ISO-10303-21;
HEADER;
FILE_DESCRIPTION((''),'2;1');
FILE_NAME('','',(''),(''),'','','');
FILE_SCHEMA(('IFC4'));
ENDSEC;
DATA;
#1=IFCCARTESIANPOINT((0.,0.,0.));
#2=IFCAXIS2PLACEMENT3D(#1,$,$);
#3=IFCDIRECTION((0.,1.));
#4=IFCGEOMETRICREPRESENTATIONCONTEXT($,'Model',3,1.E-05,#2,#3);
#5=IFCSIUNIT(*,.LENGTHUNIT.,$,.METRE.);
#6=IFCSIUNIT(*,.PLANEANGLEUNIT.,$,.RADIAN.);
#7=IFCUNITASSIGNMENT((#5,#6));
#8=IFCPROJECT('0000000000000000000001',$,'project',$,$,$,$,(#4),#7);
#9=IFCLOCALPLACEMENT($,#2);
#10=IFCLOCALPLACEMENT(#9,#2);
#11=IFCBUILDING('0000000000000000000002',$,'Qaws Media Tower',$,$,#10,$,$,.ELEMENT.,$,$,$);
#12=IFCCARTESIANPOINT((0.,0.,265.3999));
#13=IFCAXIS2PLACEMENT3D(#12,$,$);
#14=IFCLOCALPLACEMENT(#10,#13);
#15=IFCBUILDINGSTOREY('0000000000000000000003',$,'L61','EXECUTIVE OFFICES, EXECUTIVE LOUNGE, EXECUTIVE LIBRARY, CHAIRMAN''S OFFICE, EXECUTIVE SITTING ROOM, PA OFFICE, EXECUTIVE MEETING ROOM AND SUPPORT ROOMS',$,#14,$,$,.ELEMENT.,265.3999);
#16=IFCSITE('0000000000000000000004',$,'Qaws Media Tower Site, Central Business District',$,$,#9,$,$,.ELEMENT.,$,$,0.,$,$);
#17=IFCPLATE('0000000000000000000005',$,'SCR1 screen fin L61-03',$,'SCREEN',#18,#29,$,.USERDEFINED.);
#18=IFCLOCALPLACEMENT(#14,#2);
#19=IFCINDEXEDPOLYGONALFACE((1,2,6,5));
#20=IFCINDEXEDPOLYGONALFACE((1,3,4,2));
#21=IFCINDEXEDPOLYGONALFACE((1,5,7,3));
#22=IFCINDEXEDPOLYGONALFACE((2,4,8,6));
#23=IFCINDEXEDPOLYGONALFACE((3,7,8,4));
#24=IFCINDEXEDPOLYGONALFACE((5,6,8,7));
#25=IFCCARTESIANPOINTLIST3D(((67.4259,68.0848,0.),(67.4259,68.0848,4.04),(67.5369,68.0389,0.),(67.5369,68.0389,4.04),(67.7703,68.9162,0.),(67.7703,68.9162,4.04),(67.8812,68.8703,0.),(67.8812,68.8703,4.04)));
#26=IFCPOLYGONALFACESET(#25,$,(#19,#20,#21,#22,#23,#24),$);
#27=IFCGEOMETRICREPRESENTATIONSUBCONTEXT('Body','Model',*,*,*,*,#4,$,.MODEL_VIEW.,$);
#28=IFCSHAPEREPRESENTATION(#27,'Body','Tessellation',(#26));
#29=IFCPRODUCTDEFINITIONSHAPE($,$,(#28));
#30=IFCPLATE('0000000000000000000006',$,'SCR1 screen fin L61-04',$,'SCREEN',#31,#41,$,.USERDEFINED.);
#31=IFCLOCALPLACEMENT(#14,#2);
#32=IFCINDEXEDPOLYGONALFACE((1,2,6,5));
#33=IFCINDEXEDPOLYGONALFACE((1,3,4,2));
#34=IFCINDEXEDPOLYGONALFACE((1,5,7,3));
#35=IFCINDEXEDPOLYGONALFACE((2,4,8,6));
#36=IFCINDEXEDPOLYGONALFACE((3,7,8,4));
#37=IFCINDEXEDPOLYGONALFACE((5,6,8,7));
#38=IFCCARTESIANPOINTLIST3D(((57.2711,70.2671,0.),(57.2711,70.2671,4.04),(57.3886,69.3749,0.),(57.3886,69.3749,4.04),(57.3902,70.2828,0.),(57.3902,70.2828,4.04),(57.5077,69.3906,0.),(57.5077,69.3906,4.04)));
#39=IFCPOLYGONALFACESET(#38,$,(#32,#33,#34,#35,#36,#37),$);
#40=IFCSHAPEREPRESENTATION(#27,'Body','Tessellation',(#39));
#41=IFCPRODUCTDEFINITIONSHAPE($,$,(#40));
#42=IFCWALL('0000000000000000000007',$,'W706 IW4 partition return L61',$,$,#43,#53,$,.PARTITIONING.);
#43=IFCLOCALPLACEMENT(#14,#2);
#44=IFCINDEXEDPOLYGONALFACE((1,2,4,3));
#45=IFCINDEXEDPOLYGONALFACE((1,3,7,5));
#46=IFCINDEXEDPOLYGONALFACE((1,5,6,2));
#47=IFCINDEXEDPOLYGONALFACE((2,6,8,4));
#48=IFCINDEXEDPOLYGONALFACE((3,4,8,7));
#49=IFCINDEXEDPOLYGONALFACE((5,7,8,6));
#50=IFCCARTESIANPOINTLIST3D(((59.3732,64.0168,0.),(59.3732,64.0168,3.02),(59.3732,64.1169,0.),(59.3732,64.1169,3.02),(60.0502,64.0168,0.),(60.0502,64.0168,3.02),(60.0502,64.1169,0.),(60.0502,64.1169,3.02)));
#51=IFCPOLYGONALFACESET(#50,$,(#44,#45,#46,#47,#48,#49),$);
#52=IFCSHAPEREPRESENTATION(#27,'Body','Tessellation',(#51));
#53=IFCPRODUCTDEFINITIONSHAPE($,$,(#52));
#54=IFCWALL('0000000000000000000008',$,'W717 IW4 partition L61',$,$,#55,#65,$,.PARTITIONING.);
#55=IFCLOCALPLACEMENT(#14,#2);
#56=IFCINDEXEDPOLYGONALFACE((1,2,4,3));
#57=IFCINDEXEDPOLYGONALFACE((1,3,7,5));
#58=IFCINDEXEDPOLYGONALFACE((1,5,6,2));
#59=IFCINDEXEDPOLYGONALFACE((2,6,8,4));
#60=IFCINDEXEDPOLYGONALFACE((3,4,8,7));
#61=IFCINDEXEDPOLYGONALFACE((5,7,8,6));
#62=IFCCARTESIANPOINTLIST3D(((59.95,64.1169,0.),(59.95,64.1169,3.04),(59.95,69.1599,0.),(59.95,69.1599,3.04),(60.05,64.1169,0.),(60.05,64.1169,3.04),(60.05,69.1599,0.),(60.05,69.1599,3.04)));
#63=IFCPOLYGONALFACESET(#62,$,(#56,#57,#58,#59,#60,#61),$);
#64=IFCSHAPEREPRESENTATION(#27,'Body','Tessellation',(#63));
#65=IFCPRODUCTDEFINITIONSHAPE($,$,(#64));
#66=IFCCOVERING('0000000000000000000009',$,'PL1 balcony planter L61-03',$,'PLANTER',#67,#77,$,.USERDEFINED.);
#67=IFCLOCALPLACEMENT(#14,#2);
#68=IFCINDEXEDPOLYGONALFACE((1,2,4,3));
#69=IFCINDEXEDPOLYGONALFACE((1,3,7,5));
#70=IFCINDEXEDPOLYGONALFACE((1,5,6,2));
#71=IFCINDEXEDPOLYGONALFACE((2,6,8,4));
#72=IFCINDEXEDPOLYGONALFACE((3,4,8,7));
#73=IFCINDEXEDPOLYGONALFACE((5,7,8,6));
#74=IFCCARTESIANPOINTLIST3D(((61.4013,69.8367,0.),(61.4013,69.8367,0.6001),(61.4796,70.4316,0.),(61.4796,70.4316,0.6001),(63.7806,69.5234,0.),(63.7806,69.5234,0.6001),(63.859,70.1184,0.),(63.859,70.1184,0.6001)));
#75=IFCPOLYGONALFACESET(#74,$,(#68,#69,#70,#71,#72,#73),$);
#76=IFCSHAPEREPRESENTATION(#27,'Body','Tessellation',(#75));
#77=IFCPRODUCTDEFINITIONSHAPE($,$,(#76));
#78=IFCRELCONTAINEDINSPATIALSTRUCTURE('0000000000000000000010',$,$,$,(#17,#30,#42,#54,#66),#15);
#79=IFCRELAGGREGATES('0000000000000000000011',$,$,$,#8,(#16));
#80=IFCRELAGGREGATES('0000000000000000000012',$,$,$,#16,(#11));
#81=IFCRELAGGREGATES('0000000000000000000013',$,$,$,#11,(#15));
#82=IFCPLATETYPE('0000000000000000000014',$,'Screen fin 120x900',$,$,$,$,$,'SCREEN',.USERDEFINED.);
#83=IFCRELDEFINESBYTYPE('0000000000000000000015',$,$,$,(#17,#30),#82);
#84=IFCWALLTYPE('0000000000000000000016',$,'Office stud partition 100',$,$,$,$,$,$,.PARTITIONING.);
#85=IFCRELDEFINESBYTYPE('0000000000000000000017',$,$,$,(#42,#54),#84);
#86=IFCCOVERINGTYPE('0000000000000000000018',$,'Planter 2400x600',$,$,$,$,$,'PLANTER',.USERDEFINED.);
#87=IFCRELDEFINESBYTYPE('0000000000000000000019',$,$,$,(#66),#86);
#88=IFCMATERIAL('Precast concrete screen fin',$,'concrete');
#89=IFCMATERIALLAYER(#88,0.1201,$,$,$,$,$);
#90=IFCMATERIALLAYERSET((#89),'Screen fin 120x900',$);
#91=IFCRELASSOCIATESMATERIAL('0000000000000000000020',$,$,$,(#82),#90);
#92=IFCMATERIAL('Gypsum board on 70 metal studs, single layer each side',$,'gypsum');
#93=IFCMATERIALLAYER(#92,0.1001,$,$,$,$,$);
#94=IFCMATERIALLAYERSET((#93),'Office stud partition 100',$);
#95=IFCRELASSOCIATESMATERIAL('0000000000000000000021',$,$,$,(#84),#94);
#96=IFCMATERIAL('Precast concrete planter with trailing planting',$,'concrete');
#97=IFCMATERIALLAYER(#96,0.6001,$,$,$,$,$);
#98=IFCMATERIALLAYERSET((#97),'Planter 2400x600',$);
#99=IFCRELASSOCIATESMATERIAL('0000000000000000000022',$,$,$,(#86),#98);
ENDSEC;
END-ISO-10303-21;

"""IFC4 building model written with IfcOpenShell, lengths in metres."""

from ifc_helpers import new_model, si_unit, direction, frame, frame_2d, origin, origin_2d, place, context, subcontext, project, spatial, rectangle, extrude, material, layer, layer_set, type_object, element, save


model = new_model("IFC4")

# Units and contexts
model_context = context("Model", 3, precision=1e-05, world=origin(), true_north=direction((0.0, 1.0)))
body_context = subcontext(model_context, "Body", "Model", "MODEL_VIEW")
ifc_project = project(units=[si_unit("LENGTHUNIT", "METRE"), si_unit("PLANEANGLEUNIT", "RADIAN")], contexts=[model_context])

# Site, building, storey
site_placement = place(None, origin())
site = spatial("IfcSite", under=ifc_project, at=site_placement, Name="Qaws Media Tower Site, Central Business District", CompositionType="ELEMENT", RefElevation=0.0)
building_placement = place(site_placement, origin())
building = spatial("IfcBuilding", under=site, at=building_placement, Name="Qaws Media Tower", CompositionType="ELEMENT")
storey_placement = place(building_placement, frame((0.0, 0.0, 265.3999)))
storey = spatial("IfcBuildingStorey", under=building, at=storey_placement, Name="L61", Description="EXECUTIVE OFFICES, EXECUTIVE LOUNGE, EXECUTIVE LIBRARY, CHAIRMAN'S OFFICE, EXECUTIVE SITTING ROOM, PA OFFICE, EXECUTIVE MEETING ROOM AND SUPPORT ROOMS", CompositionType="ELEMENT", Elevation=265.3999)

# Plates
ifc_material_1 = material(Name="Precast concrete screen fin", Category="concrete")
ifc_layer_1 = layer(ifc_material_1, 0.1201)
ifc_layer_set_1 = layer_set([ifc_layer_1], Name="Screen fin 120x900")
plate_type_1 = type_object("IfcPlateType", Name="Screen fin 120x900", ElementType="SCREEN", PredefinedType="USERDEFINED", material=ifc_layer_set_1)
for number, where, z_axis, x_axis, name in (
    (1, (67.6536, 68.4775, 0.0), (0.0, 0.0, 1.0), (0.382683, 0.92388, 0.0), "SCR1 screen fin L61-03"),
    (2, (57.3894, 69.8289, 0.0), (0.0, 0.0, 1.0), (-0.130526, 0.991445, 0.0), "SCR1 screen fin L61-04"),
):
    element("IfcPlate", number, at=place(storey_placement, frame(where, z_axis=z_axis, x_axis=x_axis)), inside=storey, type_object=plate_type_1, Name=name, ObjectType="SCREEN", PredefinedType="USERDEFINED", context=body_context, shape_type="SweptSolid", body=[
        extrude(rectangle(XDim=0.8999, YDim=0.1201, at=origin_2d()), origin(), (0.0, 0.0, 1.0), 4.04),
    ])

# Walls
ifc_material_2 = material(Name="Gypsum board on 70 metal studs, single layer each side", Category="gypsum")
ifc_layer_2 = layer(ifc_material_2, 0.1001)
ifc_layer_set_2 = layer_set([ifc_layer_2], Name="Office stud partition 100")
wall_type_1 = type_object("IfcWallType", Name="Office stud partition 100", PredefinedType="PARTITIONING", material=ifc_layer_set_2)
wall_1_placement = place(storey_placement, frame((60.05, 64.0669, 0.0), z_axis=(0.0, 0.0, 1.0), x_axis=(-1.0, 0.0, 0.0)))
element("IfcWall", 3, at=wall_1_placement, inside=storey, type_object=wall_type_1, Name="W706 IW4 partition return L61", PredefinedType="PARTITIONING", context=body_context, shape_type="SweptSolid", body=[
    extrude(rectangle(XDim=0.677, YDim=0.1001, at=frame_2d((0.3384, 0.0))), origin(), (0.0, 0.0, 1.0), 3.02),
])
wall_2_placement = place(storey_placement, frame((60.0, 64.1169, 0.0), z_axis=(0.0, 0.0, 1.0), x_axis=(0.0, 1.0, 0.0)))
element("IfcWall", 4, at=wall_2_placement, inside=storey, type_object=wall_type_1, Name="W717 IW4 partition L61", PredefinedType="PARTITIONING", context=body_context, shape_type="SweptSolid", body=[
    extrude(rectangle(XDim=5.043, YDim=0.1001, at=frame_2d((2.5215, 0.0))), origin(), (0.0, 0.0, 1.0), 3.04),
])

# Covering
ifc_material_3 = material(Name="Precast concrete planter with trailing planting", Category="concrete")
ifc_layer_3 = layer(ifc_material_3, 0.6001)
ifc_layer_set_3 = layer_set([ifc_layer_3], Name="Planter 2400x600")
covering_type = type_object("IfcCoveringType", Name="Planter 2400x600", ElementType="PLANTER", PredefinedType="USERDEFINED", material=ifc_layer_set_3)
covering_placement = place(storey_placement, frame((62.6301, 69.9775, 0.0), z_axis=(0.0, 0.0, 1.0), x_axis=(-0.991445, 0.130526, 0.0)))
element("IfcCovering", 5, at=covering_placement, inside=storey, type_object=covering_type, Name="PL1 balcony planter L61-03", ObjectType="PLANTER", PredefinedType="USERDEFINED", context=body_context, shape_type="SweptSolid", body=[
    extrude(rectangle(XDim=2.3999, YDim=0.6001, at=origin_2d()), origin(), (0.0, 0.0, 1.0), 0.6001),
])

save(model, "model.ifc")
